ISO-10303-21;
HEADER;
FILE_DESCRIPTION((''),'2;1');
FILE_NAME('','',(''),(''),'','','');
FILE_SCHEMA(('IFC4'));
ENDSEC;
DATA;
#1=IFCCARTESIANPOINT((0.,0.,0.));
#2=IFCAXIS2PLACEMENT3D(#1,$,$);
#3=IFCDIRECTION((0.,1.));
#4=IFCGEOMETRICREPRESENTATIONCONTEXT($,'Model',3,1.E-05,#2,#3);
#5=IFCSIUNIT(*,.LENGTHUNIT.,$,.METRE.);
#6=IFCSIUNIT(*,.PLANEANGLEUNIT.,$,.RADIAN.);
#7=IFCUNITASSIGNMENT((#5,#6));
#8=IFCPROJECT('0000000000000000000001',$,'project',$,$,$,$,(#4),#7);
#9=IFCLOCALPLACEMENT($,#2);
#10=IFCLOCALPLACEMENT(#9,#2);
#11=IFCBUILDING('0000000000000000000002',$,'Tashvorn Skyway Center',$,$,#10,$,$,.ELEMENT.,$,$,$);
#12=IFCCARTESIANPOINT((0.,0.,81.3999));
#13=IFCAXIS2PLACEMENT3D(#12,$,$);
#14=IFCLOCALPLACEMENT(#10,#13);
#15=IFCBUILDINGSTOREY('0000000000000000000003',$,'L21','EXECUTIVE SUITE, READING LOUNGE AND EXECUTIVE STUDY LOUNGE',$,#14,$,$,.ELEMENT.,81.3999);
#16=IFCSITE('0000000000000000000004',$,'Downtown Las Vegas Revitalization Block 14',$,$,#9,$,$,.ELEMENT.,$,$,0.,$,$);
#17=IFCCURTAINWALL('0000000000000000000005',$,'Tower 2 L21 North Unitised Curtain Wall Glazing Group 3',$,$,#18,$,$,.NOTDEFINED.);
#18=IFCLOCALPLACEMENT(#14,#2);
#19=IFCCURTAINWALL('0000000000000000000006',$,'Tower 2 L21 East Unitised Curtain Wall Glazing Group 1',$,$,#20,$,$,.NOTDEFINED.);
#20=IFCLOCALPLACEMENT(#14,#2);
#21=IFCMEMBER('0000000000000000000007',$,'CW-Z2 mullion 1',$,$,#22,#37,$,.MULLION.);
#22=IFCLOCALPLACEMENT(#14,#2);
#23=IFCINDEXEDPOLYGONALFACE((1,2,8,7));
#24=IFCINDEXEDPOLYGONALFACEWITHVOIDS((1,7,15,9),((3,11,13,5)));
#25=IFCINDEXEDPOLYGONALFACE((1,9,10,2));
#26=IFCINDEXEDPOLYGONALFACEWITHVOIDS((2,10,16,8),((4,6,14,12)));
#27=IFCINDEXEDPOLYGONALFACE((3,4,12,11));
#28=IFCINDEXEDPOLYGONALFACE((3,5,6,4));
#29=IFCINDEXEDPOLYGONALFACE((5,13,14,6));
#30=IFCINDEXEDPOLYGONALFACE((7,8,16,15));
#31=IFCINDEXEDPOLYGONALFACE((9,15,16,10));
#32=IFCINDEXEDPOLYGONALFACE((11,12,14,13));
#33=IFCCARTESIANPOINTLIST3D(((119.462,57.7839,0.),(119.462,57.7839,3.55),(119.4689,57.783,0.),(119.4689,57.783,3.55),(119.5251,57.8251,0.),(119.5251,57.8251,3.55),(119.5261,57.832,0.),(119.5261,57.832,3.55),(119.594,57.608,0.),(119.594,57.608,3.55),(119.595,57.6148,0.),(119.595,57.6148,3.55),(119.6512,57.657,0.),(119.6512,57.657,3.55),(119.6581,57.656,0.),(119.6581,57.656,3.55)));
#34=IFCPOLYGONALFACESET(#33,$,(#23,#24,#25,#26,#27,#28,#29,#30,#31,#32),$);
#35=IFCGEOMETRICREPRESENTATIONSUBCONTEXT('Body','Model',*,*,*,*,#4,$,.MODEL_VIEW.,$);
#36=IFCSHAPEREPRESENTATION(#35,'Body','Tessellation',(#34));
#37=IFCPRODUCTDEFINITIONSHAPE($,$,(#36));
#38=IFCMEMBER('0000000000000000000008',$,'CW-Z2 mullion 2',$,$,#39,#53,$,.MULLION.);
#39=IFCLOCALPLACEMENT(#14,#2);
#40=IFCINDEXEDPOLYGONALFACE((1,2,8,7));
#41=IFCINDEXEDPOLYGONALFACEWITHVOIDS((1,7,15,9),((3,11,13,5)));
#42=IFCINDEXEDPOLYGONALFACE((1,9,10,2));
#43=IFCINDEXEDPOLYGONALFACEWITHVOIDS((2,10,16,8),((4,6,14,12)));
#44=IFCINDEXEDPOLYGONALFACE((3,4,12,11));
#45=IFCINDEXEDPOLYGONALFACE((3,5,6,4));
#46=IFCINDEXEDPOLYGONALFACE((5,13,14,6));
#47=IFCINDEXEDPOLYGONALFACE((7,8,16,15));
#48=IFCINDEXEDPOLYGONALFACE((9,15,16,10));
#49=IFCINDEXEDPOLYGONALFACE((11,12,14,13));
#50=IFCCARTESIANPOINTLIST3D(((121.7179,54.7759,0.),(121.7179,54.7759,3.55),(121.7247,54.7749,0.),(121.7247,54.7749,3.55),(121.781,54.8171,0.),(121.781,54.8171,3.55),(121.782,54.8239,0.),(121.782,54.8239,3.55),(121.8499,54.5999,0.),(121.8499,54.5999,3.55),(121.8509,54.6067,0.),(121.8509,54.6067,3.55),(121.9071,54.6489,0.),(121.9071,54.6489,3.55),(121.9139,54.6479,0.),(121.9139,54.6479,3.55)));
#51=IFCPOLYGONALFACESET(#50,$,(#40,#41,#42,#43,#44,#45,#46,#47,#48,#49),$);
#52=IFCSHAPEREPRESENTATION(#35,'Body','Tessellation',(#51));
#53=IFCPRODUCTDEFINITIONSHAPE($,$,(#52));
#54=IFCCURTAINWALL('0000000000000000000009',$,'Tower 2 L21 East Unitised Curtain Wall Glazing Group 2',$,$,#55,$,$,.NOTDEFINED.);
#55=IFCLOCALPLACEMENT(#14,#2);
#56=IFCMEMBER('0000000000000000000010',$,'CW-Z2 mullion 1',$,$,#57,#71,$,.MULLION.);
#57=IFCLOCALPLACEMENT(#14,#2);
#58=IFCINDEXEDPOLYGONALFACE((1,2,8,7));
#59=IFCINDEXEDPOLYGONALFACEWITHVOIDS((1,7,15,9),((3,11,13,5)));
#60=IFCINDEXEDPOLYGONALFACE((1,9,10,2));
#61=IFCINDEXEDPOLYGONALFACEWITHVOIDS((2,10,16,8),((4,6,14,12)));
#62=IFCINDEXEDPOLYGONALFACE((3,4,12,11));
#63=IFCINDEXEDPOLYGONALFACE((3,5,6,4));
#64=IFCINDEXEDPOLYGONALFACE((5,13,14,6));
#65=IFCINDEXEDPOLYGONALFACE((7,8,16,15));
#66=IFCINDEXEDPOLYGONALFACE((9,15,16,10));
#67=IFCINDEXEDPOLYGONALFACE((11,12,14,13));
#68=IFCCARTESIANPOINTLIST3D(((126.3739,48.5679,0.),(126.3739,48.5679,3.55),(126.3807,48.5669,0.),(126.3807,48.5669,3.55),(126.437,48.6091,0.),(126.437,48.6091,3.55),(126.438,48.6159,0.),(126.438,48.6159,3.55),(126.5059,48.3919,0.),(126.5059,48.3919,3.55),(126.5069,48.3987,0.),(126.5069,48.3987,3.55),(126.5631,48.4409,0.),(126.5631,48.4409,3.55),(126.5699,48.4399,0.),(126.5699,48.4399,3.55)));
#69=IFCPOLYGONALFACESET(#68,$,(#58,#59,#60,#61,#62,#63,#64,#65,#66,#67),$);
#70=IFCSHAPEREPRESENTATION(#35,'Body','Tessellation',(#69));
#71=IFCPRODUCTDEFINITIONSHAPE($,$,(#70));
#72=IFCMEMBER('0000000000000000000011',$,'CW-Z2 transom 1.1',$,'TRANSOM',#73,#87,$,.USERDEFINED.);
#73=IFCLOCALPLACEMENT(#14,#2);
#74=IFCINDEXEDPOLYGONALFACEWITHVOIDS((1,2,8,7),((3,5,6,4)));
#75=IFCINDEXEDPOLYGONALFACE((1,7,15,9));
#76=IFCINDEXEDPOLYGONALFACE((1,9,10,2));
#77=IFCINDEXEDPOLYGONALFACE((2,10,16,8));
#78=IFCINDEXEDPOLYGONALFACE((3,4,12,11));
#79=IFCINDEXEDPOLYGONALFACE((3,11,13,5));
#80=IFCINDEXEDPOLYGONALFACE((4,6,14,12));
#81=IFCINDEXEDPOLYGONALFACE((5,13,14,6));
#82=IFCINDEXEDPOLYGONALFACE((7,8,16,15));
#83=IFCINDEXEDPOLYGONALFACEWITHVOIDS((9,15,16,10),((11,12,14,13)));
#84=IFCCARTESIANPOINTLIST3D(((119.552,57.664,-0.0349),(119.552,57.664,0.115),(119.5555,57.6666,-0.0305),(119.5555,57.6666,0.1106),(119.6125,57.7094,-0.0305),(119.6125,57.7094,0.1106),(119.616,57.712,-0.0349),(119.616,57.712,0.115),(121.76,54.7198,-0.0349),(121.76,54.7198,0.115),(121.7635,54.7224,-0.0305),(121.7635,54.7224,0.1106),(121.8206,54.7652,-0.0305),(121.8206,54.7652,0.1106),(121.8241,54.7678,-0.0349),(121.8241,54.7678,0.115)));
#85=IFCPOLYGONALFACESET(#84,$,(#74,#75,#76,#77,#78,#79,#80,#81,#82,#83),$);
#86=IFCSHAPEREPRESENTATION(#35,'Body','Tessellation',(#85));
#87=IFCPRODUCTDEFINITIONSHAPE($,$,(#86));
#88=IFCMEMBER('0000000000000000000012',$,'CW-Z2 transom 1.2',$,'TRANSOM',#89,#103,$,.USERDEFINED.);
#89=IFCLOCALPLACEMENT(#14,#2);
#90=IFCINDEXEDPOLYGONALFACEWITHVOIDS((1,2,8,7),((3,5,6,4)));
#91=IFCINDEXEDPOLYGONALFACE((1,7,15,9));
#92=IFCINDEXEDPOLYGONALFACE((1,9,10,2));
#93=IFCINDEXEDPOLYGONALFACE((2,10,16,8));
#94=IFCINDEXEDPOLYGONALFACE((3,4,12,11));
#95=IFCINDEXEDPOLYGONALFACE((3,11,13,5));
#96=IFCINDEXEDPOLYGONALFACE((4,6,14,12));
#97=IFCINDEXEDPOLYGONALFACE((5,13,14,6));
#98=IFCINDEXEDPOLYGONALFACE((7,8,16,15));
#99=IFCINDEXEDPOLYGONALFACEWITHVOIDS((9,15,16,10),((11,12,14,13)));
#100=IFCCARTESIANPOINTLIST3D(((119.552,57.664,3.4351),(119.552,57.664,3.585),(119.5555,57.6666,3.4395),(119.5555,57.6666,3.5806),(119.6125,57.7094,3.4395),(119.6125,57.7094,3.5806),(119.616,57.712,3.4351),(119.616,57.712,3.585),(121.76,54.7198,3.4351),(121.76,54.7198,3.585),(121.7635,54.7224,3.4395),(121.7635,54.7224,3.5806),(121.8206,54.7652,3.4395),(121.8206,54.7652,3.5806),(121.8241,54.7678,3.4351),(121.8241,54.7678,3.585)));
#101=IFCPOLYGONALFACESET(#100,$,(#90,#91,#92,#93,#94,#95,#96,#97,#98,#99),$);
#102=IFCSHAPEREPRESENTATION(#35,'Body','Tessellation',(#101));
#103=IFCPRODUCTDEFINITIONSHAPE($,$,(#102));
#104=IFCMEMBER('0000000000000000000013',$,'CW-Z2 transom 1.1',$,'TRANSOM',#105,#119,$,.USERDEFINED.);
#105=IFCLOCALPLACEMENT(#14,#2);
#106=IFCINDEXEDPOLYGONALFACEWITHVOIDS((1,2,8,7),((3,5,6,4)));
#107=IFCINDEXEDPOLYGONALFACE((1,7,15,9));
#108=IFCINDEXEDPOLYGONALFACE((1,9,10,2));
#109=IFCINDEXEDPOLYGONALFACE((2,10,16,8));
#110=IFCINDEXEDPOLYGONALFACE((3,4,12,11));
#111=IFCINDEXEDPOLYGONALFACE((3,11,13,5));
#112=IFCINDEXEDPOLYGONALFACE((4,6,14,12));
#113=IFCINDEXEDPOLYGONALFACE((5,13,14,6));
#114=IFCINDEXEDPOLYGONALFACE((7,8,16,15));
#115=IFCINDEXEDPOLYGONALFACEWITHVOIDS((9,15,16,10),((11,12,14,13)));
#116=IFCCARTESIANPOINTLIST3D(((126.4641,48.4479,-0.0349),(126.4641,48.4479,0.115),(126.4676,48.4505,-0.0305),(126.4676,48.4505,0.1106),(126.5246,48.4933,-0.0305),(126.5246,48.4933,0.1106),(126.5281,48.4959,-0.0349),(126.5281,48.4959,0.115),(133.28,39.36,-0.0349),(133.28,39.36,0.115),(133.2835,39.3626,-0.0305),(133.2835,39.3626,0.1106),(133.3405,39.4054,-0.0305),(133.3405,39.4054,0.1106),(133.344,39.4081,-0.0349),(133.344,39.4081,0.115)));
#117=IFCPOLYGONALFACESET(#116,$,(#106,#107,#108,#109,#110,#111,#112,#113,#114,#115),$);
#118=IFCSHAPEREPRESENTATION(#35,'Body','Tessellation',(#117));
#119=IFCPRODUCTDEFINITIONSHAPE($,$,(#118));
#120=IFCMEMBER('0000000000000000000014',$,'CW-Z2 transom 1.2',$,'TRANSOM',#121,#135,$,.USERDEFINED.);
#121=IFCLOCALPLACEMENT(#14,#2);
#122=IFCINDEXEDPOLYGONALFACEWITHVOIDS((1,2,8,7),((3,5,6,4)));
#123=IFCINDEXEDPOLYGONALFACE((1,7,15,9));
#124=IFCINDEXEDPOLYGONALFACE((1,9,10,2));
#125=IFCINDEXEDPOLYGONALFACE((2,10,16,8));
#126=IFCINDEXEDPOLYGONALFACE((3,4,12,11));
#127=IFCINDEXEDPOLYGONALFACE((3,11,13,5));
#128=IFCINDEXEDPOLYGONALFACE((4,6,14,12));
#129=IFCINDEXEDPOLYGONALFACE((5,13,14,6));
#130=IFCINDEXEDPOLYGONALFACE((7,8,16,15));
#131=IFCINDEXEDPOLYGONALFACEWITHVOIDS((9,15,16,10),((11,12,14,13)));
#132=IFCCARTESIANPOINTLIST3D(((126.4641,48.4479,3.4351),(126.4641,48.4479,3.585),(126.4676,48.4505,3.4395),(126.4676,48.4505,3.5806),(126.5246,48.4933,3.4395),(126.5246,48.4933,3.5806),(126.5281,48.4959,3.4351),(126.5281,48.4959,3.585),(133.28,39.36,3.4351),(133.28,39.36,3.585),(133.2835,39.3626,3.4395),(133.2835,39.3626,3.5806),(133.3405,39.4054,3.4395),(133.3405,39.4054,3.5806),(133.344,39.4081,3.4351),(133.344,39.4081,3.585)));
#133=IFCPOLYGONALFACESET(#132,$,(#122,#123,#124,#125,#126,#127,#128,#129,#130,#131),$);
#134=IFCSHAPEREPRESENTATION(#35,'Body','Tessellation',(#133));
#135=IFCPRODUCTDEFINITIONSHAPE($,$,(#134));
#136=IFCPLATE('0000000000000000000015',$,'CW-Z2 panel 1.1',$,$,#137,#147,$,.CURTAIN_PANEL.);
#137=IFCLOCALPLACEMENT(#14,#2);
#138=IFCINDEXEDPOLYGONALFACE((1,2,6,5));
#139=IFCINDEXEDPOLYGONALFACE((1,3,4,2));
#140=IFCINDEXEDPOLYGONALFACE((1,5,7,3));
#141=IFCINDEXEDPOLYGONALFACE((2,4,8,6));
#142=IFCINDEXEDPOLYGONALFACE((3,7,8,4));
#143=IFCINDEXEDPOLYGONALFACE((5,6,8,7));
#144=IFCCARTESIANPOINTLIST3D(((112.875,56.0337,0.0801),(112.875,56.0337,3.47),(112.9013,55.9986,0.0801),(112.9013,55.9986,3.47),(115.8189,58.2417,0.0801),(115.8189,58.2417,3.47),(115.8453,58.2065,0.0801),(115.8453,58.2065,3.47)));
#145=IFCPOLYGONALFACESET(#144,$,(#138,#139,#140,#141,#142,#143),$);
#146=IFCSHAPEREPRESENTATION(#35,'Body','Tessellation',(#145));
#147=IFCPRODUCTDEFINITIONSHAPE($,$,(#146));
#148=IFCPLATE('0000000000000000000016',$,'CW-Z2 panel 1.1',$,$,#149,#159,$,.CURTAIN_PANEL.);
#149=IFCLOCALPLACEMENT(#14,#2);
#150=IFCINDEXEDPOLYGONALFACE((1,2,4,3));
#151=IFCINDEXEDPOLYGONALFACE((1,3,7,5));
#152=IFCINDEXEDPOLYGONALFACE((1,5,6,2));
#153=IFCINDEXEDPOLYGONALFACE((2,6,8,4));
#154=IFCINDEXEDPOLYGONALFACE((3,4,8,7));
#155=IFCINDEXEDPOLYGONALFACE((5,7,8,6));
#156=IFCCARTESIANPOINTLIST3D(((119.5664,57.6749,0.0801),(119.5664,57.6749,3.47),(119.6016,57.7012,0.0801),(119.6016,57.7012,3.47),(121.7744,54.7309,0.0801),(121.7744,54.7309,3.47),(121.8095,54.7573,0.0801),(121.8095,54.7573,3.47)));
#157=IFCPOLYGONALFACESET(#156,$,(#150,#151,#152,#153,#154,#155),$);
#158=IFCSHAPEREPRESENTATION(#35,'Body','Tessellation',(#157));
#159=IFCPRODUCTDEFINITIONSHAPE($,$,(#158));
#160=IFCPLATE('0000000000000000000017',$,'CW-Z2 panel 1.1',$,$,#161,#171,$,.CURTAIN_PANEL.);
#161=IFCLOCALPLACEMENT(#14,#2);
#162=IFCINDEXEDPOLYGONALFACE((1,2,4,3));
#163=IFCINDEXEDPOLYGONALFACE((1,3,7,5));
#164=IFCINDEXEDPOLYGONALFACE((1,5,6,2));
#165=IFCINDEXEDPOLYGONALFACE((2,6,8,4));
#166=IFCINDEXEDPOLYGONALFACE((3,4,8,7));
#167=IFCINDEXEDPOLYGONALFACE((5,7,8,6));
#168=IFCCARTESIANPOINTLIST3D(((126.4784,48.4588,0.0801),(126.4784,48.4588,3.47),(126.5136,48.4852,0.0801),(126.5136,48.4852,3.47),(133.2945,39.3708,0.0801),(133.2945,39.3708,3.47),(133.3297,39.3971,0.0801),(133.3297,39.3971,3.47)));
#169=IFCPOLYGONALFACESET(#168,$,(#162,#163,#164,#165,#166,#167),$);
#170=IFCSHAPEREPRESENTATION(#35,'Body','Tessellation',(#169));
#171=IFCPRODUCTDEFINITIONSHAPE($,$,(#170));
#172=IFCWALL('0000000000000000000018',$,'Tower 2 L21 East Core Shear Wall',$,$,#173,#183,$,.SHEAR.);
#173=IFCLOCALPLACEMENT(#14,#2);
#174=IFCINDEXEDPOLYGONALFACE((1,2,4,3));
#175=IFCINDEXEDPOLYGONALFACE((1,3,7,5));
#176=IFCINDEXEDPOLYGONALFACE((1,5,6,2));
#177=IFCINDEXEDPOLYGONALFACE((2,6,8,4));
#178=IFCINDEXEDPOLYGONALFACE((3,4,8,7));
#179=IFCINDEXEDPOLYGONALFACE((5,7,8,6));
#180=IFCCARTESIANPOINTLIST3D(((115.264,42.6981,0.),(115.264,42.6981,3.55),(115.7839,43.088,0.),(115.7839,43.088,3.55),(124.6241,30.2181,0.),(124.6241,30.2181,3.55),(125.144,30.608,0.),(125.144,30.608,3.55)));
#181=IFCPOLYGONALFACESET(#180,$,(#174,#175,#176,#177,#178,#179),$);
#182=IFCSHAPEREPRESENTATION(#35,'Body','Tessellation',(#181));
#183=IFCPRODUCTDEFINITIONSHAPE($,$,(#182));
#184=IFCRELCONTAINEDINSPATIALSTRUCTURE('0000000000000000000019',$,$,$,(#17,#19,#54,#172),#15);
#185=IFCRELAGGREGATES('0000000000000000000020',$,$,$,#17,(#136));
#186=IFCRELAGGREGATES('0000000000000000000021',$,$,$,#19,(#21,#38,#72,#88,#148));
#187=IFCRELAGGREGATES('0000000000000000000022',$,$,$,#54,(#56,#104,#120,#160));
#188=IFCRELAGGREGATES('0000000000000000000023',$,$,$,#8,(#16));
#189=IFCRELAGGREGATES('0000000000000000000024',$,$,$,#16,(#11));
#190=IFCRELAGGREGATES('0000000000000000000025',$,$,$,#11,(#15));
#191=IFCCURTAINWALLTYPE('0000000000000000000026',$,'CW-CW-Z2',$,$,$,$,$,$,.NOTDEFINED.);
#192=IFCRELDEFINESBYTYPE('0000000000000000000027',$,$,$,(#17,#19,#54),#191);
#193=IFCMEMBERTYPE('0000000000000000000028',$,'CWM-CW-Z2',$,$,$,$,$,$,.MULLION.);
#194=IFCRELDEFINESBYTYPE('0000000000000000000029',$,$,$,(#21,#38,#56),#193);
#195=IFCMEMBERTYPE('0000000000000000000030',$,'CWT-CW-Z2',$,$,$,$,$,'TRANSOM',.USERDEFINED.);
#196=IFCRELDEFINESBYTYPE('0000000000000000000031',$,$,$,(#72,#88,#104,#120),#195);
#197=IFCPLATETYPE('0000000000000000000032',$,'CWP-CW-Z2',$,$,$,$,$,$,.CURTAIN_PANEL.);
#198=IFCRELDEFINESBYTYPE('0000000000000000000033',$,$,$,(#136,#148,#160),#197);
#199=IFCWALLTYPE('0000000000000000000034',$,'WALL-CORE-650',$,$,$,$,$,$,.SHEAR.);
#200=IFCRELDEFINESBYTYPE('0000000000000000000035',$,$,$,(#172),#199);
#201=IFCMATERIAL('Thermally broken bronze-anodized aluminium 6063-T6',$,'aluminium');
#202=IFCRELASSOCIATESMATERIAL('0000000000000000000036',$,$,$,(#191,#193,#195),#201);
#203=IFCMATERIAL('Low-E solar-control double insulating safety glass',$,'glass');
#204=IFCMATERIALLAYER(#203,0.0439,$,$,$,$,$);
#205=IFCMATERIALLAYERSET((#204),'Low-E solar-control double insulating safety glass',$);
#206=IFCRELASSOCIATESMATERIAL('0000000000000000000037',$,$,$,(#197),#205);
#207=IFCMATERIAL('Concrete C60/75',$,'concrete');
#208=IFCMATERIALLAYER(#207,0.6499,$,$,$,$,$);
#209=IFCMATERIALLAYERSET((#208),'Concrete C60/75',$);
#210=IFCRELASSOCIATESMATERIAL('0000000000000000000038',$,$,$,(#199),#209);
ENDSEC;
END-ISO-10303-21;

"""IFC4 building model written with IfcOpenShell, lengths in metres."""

from ifc_helpers import new_model, si_unit, direction, frame, frame_2d, origin, origin_2d, place, context, subcontext, project, spatial, rectangle, hollow_rectangle, extrude, material, layer, layer_set, material_profile, profile_set, type_object, element, aggregate, save


model = new_model("IFC4")

# Units and contexts
model_context = context("Model", 3, precision=1e-05, world=origin(), true_north=direction((0.0, 1.0)))
body_context = subcontext(model_context, "Body", "Model", "MODEL_VIEW")
ifc_project = project(units=[si_unit("LENGTHUNIT", "METRE"), si_unit("PLANEANGLEUNIT", "RADIAN")], contexts=[model_context])

# Site, building, storey
site_placement = place(None, origin())
site = spatial("IfcSite", under=ifc_project, at=site_placement, Name="Downtown Las Vegas Revitalization Block 14", CompositionType="ELEMENT", RefElevation=0.0)
building_placement = place(site_placement, origin())
building = spatial("IfcBuilding", under=site, at=building_placement, Name="Tashvorn Skyway Center", CompositionType="ELEMENT")
storey_placement = place(building_placement, frame((0.0, 0.0, 81.3999)))
storey = spatial("IfcBuildingStorey", under=building, at=storey_placement, Name="L21", Description="EXECUTIVE SUITE, READING LOUNGE AND EXECUTIVE STUDY LOUNGE", CompositionType="ELEMENT", Elevation=81.3999)

# Curtain wall
ifc_material_1 = material(Name="Thermally broken bronze-anodized aluminium 6063-T6", Category="aluminium")
curtain_wall_type = type_object("IfcCurtainWallType", Name="CW-CW-Z2", PredefinedType="NOTDEFINED", material=ifc_material_1)
curtain_wall_1_placement = place(storey_placement, origin())
curtain_wall_1 = element("IfcCurtainWall", 1, at=curtain_wall_1_placement, inside=storey, type_object=curtain_wall_type, Name="Tower 2 L21 North Unitised Curtain Wall Glazing Group 3", PredefinedType="NOTDEFINED")
ifc_material_profile_1 = material_profile(ifc_material_1, hollow_rectangle(XDim=0.0801, YDim=0.22, WallThickness=0.0049, at=origin_2d()), Name="ALU-MULL-80x220")
ifc_profile_set_1 = profile_set([ifc_material_profile_1], Name="Thermally broken bronze-anodized aluminium 6063-T6")
member_type_1 = type_object("IfcMemberType", Name="CWM-CW-Z2", PredefinedType="MULLION", material=ifc_profile_set_1)

# Curtain wall, members
curtain_wall_2_placement = place(storey_placement, origin())
curtain_wall_2 = element("IfcCurtainWall", 2, at=curtain_wall_2_placement, inside=storey, type_object=curtain_wall_type, Name="Tower 2 L21 East Unitised Curtain Wall Glazing Group 1", PredefinedType="NOTDEFINED")
member_1_placement = place(storey_placement, frame((119.5601, 57.72, 0.0), z_axis=(0.0, 0.0, 1.0), x_axis=(0.8, 0.6, 0.0)))
member_1 = element("IfcMember", 3, at=member_1_placement, type_object=member_type_1, Name="CW-Z2 mullion 1", PredefinedType="MULLION", context=body_context, shape_type="SweptSolid", body=[
    extrude(hollow_rectangle(XDim=0.0801, YDim=0.22, WallThickness=0.0049, at=origin_2d()), origin(), (0.0, 0.0, 1.0), 3.55),
])
member_2_placement = place(storey_placement, frame((121.8159, 54.7119, 0.0), z_axis=(0.0, 0.0, 1.0), x_axis=(0.8, 0.6, 0.0)))
member_2 = element("IfcMember", 4, at=member_2_placement, type_object=member_type_1, Name="CW-Z2 mullion 2", PredefinedType="MULLION", context=body_context, shape_type="SweptSolid", body=[
    extrude(hollow_rectangle(XDim=0.0801, YDim=0.22, WallThickness=0.0049, at=origin_2d()), origin(), (0.0, 0.0, 1.0), 3.55),
])

# Curtain wall, member
curtain_wall_3_placement = place(storey_placement, origin())
curtain_wall_3 = element("IfcCurtainWall", 5, at=curtain_wall_3_placement, inside=storey, type_object=curtain_wall_type, Name="Tower 2 L21 East Unitised Curtain Wall Glazing Group 2", PredefinedType="NOTDEFINED")
member_3_placement = place(storey_placement, frame((126.4719, 48.5039, 0.0), z_axis=(0.0, 0.0, 1.0), x_axis=(0.8, 0.6, 0.0)))
member_3 = element("IfcMember", 6, at=member_3_placement, type_object=member_type_1, Name="CW-Z2 mullion 1", PredefinedType="MULLION", context=body_context, shape_type="SweptSolid", body=[
    extrude(hollow_rectangle(XDim=0.0801, YDim=0.22, WallThickness=0.0049, at=origin_2d()), origin(), (0.0, 0.0, 1.0), 3.55),
])

# Members
ifc_material_profile_2 = material_profile(ifc_material_1, hollow_rectangle(XDim=0.0801, YDim=0.1499, WallThickness=0.0044, at=origin_2d()), Name="ALU-TRAN-80x150")
ifc_profile_set_2 = profile_set([ifc_material_profile_2], Name="Thermally broken bronze-anodized aluminium 6063-T6")
member_type_2 = type_object("IfcMemberType", Name="CWT-CW-Z2", ElementType="TRANSOM", PredefinedType="USERDEFINED", material=ifc_profile_set_2)
member_4_placement = place(storey_placement, frame((119.584, 57.688, 0.04), z_axis=(0.599989, -0.800008, 0.0), x_axis=(0.800008, 0.599989, 0.0)))
member_4 = element("IfcMember", 7, at=member_4_placement, type_object=member_type_2, Name="CW-Z2 transom 1.1", ObjectType="TRANSOM", PredefinedType="USERDEFINED", context=body_context, shape_type="SweptSolid", body=[
    extrude(hollow_rectangle(XDim=0.0801, YDim=0.1499, WallThickness=0.0044, at=origin_2d()), origin(), (0.0, 0.0, 1.0), 3.6802),
])
member_5_placement = place(storey_placement, frame((119.584, 57.688, 3.51), z_axis=(0.599989, -0.800008, 0.0), x_axis=(0.800008, 0.599989, 0.0)))
member_5 = element("IfcMember", 8, at=member_5_placement, type_object=member_type_2, Name="CW-Z2 transom 1.2", ObjectType="TRANSOM", PredefinedType="USERDEFINED", context=body_context, shape_type="SweptSolid", body=[
    extrude(hollow_rectangle(XDim=0.0801, YDim=0.1499, WallThickness=0.0044, at=origin_2d()), origin(), (0.0, 0.0, 1.0), 3.6802),
])
member_6_placement = place(storey_placement, frame((126.4961, 48.4719, 0.04), z_axis=(0.6, -0.8, 0.0), x_axis=(0.8, 0.6, 0.0)))
member_6 = element("IfcMember", 9, at=member_6_placement, type_object=member_type_2, Name="CW-Z2 transom 1.1", ObjectType="TRANSOM", PredefinedType="USERDEFINED", context=body_context, shape_type="SweptSolid", body=[
    extrude(hollow_rectangle(XDim=0.0801, YDim=0.1499, WallThickness=0.0044, at=origin_2d()), origin(), (0.0, 0.0, 1.0), 11.3599),
])
member_7_placement = place(storey_placement, frame((126.4961, 48.4719, 3.51), z_axis=(0.6, -0.8, 0.0), x_axis=(0.8, 0.6, 0.0)))
member_7 = element("IfcMember", 10, at=member_7_placement, type_object=member_type_2, Name="CW-Z2 transom 1.2", ObjectType="TRANSOM", PredefinedType="USERDEFINED", context=body_context, shape_type="SweptSolid", body=[
    extrude(hollow_rectangle(XDim=0.0801, YDim=0.1499, WallThickness=0.0044, at=origin_2d()), origin(), (0.0, 0.0, 1.0), 11.3599),
])

# Plates
ifc_material_2 = material(Name="Low-E solar-control double insulating safety glass", Category="glass")
ifc_layer_1 = layer(ifc_material_2, 0.0439)
ifc_layer_set_1 = layer_set([ifc_layer_1], Name="Low-E solar-control double insulating safety glass")
plate_type = type_object("IfcPlateType", Name="CWP-CW-Z2", PredefinedType="CURTAIN_PANEL", material=ifc_layer_set_1)
plate_1_placement = place(storey_placement, frame((114.3601, 57.1201, 0.0801), z_axis=(0.0, 0.0, 1.0), x_axis=(0.8, 0.6, 0.0)))
plate_1 = element("IfcPlate", 11, at=plate_1_placement, type_object=plate_type, Name="CW-Z2 panel 1.1", PredefinedType="CURTAIN_PANEL", context=body_context, shape_type="SweptSolid", body=[
    extrude(rectangle(XDim=3.6799, YDim=0.0439, at=origin_2d()), origin(), (0.0, 0.0, 1.0), 3.3899),
])
aggregate(curtain_wall_1, [plate_1])
plate_2_placement = place(storey_placement, frame((120.688, 56.2161, 0.0801), z_axis=(0.0, 0.0, 1.0), x_axis=(0.6, -0.8, 0.0)))
plate_2 = element("IfcPlate", 12, at=plate_2_placement, type_object=plate_type, Name="CW-Z2 panel 1.1", PredefinedType="CURTAIN_PANEL", context=body_context, shape_type="SweptSolid", body=[
    extrude(rectangle(XDim=3.6799, YDim=0.0439, at=origin_2d()), origin(), (0.0, 0.0, 1.0), 3.3899),
])
aggregate(curtain_wall_2, [member_1, member_2, member_4, member_5, plate_2])
plate_3_placement = place(storey_placement, frame((129.9041, 43.928, 0.0801), z_axis=(0.0, 0.0, 1.0), x_axis=(0.6, -0.8, 0.0)))
plate_3 = element("IfcPlate", 13, at=plate_3_placement, type_object=plate_type, Name="CW-Z2 panel 1.1", PredefinedType="CURTAIN_PANEL", context=body_context, shape_type="SweptSolid", body=[
    extrude(rectangle(XDim=11.3601, YDim=0.0439, at=origin_2d()), origin(), (0.0, 0.0, 1.0), 3.3899),
])
aggregate(curtain_wall_3, [member_3, member_6, member_7, plate_3])

# Wall
ifc_material_3 = material(Name="Concrete C60/75", Category="concrete")
ifc_layer_2 = layer(ifc_material_3, 0.6499)
ifc_layer_set_2 = layer_set([ifc_layer_2], Name="Concrete C60/75")
wall_type_1 = type_object("IfcWallType", Name="WALL-CORE-650", PredefinedType="SHEAR", material=ifc_layer_set_2)
wall_1_placement = place(storey_placement, frame((115.5239, 42.8931, 0.0), z_axis=(0.0, 0.0, 1.0), x_axis=(0.600005, -0.799996, 0.0)))
element("IfcWall", 14, at=wall_1_placement, inside=storey, type_object=wall_type_1, Name="Tower 2 L21 East Core Shear Wall", PredefinedType="SHEAR", context=body_context, shape_type="SweptSolid", body=[
    extrude(rectangle(XDim=15.6001, YDim=0.6499, at=frame_2d((7.8, 0.0))), origin(), (0.0, 0.0, 1.0), 3.55),
])

save(model, "model.ifc")
